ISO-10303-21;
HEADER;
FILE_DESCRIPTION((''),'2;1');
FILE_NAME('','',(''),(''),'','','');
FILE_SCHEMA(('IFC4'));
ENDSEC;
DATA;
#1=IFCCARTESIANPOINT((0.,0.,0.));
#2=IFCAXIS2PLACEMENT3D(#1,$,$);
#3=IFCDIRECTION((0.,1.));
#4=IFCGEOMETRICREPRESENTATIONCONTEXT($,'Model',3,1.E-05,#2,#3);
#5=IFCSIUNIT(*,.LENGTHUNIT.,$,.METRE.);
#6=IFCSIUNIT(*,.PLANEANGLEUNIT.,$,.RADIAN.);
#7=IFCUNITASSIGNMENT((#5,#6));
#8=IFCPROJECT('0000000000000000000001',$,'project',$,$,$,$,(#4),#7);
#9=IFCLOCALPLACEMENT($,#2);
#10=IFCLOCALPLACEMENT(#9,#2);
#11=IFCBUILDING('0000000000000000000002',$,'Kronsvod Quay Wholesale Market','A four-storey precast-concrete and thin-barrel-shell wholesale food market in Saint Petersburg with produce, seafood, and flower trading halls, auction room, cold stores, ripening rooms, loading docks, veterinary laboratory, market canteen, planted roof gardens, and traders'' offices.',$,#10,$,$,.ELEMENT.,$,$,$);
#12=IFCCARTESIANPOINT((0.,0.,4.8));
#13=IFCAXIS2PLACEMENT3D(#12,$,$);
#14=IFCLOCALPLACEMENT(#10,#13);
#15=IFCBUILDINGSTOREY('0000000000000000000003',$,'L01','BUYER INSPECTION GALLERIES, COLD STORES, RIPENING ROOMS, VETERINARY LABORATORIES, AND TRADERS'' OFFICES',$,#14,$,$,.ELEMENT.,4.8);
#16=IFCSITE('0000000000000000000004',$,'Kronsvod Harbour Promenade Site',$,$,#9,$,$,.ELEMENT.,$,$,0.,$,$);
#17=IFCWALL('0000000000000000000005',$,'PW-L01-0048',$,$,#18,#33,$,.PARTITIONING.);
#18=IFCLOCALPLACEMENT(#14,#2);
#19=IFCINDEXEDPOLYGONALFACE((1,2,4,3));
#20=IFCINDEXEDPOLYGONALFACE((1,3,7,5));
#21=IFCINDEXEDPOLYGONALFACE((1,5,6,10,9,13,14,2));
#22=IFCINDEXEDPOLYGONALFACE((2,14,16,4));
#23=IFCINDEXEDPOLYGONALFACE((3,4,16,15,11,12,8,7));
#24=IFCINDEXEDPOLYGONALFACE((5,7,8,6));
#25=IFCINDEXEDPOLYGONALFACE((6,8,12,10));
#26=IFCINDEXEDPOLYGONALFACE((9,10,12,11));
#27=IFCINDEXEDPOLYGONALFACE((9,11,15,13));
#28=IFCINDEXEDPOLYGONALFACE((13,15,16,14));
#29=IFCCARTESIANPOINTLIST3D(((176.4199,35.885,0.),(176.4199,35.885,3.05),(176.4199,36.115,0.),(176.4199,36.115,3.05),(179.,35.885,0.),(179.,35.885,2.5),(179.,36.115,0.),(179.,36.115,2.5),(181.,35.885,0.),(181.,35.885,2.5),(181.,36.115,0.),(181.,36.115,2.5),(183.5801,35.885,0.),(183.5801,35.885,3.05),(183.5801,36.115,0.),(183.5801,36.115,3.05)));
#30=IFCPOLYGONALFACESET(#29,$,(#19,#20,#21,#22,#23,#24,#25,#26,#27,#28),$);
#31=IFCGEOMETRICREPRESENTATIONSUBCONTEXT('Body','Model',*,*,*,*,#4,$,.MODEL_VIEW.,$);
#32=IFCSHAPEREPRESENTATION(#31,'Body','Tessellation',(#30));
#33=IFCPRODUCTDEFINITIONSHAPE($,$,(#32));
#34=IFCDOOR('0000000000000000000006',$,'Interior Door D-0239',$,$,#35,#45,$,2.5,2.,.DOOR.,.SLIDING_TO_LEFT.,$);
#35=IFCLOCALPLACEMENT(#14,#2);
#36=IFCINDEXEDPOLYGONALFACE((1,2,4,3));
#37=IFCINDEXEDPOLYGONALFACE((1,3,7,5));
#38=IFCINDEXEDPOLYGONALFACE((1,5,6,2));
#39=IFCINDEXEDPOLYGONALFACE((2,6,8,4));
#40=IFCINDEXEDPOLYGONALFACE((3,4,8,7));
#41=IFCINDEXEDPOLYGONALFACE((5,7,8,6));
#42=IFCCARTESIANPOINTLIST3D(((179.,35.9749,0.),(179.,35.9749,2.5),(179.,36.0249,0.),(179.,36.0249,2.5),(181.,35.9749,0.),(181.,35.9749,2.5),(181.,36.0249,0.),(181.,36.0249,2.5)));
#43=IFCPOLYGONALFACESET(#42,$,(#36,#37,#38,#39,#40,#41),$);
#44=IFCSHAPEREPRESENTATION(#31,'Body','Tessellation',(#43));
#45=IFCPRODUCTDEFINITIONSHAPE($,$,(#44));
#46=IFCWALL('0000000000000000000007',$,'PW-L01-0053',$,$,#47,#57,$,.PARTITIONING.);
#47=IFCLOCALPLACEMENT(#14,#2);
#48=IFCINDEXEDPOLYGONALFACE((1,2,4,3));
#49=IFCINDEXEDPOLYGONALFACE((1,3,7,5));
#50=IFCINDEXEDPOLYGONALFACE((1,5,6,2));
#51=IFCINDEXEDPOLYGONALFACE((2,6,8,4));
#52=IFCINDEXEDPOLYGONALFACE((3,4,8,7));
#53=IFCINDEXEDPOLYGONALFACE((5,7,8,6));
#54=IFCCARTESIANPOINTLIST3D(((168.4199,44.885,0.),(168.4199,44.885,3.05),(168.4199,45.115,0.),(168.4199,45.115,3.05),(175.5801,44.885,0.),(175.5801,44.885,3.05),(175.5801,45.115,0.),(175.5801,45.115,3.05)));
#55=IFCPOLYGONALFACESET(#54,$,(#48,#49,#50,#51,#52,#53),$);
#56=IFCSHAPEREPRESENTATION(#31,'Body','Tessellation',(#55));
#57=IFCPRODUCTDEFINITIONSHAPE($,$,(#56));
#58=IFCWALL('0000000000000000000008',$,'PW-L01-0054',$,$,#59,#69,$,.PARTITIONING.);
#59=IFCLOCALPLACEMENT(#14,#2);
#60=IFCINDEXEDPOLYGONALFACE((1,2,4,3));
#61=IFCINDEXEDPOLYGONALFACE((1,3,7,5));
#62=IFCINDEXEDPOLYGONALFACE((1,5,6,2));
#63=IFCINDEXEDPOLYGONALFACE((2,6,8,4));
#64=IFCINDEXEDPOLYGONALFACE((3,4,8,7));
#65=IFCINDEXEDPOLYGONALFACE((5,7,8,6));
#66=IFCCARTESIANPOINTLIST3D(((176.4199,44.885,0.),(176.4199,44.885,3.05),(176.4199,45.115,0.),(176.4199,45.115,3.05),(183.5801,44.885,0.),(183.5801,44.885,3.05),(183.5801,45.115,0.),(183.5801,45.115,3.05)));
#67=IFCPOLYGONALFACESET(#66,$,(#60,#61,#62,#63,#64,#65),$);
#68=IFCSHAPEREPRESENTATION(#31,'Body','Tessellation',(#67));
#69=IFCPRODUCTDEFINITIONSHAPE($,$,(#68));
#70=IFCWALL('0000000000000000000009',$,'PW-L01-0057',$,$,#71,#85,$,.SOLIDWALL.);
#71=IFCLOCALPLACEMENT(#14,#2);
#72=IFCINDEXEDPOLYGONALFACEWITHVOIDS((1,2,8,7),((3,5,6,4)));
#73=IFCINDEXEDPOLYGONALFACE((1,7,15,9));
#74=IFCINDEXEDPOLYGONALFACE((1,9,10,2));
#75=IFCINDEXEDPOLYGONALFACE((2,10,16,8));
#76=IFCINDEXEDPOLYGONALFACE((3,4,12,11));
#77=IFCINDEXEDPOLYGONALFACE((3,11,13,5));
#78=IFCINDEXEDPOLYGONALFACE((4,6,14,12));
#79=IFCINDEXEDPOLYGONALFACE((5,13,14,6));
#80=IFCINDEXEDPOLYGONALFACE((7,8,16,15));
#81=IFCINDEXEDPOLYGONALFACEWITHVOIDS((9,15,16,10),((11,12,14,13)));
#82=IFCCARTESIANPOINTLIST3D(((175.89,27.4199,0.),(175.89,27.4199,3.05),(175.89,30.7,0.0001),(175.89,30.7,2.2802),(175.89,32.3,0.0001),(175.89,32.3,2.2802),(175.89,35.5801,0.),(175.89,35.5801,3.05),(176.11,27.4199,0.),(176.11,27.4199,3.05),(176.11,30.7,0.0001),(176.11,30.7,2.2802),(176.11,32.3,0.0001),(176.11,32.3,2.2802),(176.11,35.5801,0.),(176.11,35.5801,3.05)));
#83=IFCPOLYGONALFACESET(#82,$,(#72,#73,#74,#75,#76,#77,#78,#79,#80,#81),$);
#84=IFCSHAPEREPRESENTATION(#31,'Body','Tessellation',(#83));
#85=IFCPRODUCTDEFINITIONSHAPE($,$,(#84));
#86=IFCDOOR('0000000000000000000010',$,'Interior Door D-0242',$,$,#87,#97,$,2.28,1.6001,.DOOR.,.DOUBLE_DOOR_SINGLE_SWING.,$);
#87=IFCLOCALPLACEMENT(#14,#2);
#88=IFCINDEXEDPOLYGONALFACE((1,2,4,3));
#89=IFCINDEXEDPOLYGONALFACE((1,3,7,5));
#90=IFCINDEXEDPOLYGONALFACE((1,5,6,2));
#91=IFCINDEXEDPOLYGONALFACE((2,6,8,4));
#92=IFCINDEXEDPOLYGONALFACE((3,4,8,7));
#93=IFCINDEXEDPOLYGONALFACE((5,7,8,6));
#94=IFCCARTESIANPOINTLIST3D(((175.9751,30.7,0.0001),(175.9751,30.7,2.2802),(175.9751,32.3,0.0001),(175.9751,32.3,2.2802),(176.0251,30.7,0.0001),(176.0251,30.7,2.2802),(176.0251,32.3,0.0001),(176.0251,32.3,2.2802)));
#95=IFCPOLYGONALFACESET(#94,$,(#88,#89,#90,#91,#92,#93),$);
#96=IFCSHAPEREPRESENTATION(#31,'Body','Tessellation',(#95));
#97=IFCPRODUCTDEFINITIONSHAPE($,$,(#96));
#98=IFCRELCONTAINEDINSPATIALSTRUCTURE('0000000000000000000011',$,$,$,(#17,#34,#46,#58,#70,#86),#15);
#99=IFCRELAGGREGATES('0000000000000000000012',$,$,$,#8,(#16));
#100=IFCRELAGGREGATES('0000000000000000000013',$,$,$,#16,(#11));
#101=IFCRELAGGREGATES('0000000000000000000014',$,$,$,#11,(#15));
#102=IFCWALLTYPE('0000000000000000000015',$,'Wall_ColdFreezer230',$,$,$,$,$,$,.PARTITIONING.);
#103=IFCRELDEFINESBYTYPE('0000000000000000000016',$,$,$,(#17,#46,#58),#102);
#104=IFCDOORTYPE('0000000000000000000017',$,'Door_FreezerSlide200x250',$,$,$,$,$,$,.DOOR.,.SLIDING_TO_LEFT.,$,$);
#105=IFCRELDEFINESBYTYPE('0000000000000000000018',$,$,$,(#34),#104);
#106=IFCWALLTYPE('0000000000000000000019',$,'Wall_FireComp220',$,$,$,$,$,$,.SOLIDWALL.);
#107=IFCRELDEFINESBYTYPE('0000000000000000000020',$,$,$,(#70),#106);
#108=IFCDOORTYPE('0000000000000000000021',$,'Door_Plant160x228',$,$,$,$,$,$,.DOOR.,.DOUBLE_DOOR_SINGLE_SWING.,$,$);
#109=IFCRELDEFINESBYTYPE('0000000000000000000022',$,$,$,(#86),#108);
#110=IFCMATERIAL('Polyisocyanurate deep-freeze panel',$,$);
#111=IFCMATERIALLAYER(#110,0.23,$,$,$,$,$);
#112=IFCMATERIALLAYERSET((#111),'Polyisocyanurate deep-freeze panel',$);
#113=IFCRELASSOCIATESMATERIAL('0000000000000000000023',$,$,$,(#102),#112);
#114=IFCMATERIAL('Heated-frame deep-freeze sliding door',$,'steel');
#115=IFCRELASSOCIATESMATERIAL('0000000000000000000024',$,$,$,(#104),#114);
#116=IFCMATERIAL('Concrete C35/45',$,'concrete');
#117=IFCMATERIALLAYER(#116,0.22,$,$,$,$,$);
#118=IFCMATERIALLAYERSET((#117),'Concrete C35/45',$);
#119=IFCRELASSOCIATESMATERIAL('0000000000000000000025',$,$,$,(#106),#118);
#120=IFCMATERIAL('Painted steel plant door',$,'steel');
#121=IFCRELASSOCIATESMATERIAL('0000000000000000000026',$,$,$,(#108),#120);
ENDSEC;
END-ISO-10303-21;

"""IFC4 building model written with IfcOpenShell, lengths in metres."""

from ifc_helpers import new_model, si_unit, direction, frame, frame_2d, origin, place, context, subcontext, project, spatial, rectangle, extrude, material, layer, layer_set, type_object, element, fill, save


model = new_model("IFC4")

# Units and contexts
model_context = context("Model", 3, precision=1e-05, world=origin(), true_north=direction((0.0, 1.0)))
body_context = subcontext(model_context, "Body", "Model", "MODEL_VIEW")
ifc_project = project(units=[si_unit("LENGTHUNIT", "METRE"), si_unit("PLANEANGLEUNIT", "RADIAN")], contexts=[model_context])

# Site, building, storey
site_placement = place(None, origin())
site = spatial("IfcSite", under=ifc_project, at=site_placement, Name="Kronsvod Harbour Promenade Site", CompositionType="ELEMENT", RefElevation=0.0)
building_placement = place(site_placement, origin())
building = spatial("IfcBuilding", under=site, at=building_placement, Name="Kronsvod Quay Wholesale Market", Description="A four-storey precast-concrete and thin-barrel-shell wholesale food market in Saint Petersburg with produce, seafood, and flower trading halls, auction room, cold stores, ripening rooms, loading docks, veterinary laboratory, market canteen, planted roof gardens, and traders' offices.", CompositionType="ELEMENT")
storey_placement = place(building_placement, frame((0.0, 0.0, 4.8)))
storey = spatial("IfcBuildingStorey", under=building, at=storey_placement, Name="L01", Description="BUYER INSPECTION GALLERIES, COLD STORES, RIPENING ROOMS, VETERINARY LABORATORIES, AND TRADERS' OFFICES", CompositionType="ELEMENT", Elevation=4.8)

# Wall, opening, door
ifc_material_1 = material(Name="Polyisocyanurate deep-freeze panel")
ifc_layer_1 = layer(ifc_material_1, 0.23)
ifc_layer_set_1 = layer_set([ifc_layer_1], Name="Polyisocyanurate deep-freeze panel")
wall_type_1 = type_object("IfcWallType", Name="Wall_ColdFreezer230", PredefinedType="PARTITIONING", material=ifc_layer_set_1)
wall_1_placement = place(storey_placement, frame((176.4199, 36.0, 0.0), z_axis=(0.0, 0.0, 1.0), x_axis=(1.0, 0.0, 0.0)))
wall_1 = element("IfcWall", 1, at=wall_1_placement, inside=storey, type_object=wall_type_1, Name="PW-L01-0048", PredefinedType="PARTITIONING", context=body_context, shape_type="SweptSolid", body=[
    extrude(rectangle(XDim=7.1602, YDim=0.23, at=frame_2d((3.5801, 0.0))), origin(), (0.0, 0.0, 1.0), 3.05),
])
opening_1_placement = place(wall_1_placement, frame((2.5801, 0.0, 0.0)))
opening_1 = element("IfcOpeningElement", 2, at=opening_1_placement, cuts=wall_1, PredefinedType="OPENING", context=body_context, shape_type="SweptSolid", body=[
    extrude(rectangle(XDim=2.0, YDim=2.5, at=frame_2d((1.0, 1.25))), frame((0.0, 0.125, 0.0), z_axis=(0.0, -1.0, 0.0), x_axis=(1.0, 0.0, 0.0)), (0.0, 0.0, 1.0), 0.25),
])
ifc_material_2 = material(Name="Heated-frame deep-freeze sliding door", Category="steel")
door_type_1 = type_object("IfcDoorType", Name="Door_FreezerSlide200x250", OperationType="SLIDING_TO_LEFT", PredefinedType="DOOR", material=ifc_material_2)
door_1_placement = place(opening_1_placement, origin())
door_1 = element("IfcDoor", 3, at=door_1_placement, inside=storey, type_object=door_type_1, Name="Interior Door D-0239", OperationType="SLIDING_TO_LEFT", OverallHeight=2.5, OverallWidth=2.0, PredefinedType="DOOR", context=body_context, shape_type="SweptSolid", body=[
    extrude(rectangle(XDim=2.0, YDim=2.5, at=frame_2d((1.0, 1.25))), frame((0.0, 0.0249, 0.0), z_axis=(0.0, -1.0, 0.0), x_axis=(1.0, 0.0, 0.0)), (0.0, 0.0, 1.0), 0.05),
])
fill(opening_1, door_1)

# Walls
for number, where, z_axis, x_axis, name in (
    (4, (168.4199, 45.0, 0.0), (0.0, 0.0, 1.0), (1.0, 0.0, 0.0), "PW-L01-0053"),
    (5, (176.4199, 45.0, 0.0), (0.0, 0.0, 1.0), (1.0, 0.0, 0.0), "PW-L01-0054"),
):
    element("IfcWall", number, at=place(storey_placement, frame(where, z_axis=z_axis, x_axis=x_axis)), inside=storey, type_object=wall_type_1, Name=name, PredefinedType="PARTITIONING", context=body_context, shape_type="SweptSolid", body=[
        extrude(rectangle(XDim=7.1602, YDim=0.23, at=frame_2d((3.5801, 0.0))), origin(), (0.0, 0.0, 1.0), 3.05),
    ])

# Wall, opening, door
ifc_material_3 = material(Name="Concrete C35/45", Category="concrete")
ifc_layer_2 = layer(ifc_material_3, 0.22)
ifc_layer_set_2 = layer_set([ifc_layer_2], Name="Concrete C35/45")
wall_type_2 = type_object("IfcWallType", Name="Wall_FireComp220", PredefinedType="SOLIDWALL", material=ifc_layer_set_2)
wall_2_placement = place(storey_placement, frame((176.0, 27.4199, 0.0), z_axis=(0.0, 0.0, 1.0), x_axis=(0.0, 1.0, 0.0)))
wall_2 = element("IfcWall", 6, at=wall_2_placement, inside=storey, type_object=wall_type_2, Name="PW-L01-0057", PredefinedType="SOLIDWALL", context=body_context, shape_type="SweptSolid", body=[
    extrude(rectangle(XDim=8.1602, YDim=0.22, at=frame_2d((4.0801, 0.0))), origin(), (0.0, 0.0, 1.0), 3.05),
])
opening_2_placement = place(wall_2_placement, frame((3.28, 0.0, 0.0)))
opening_2 = element("IfcOpeningElement", 7, at=opening_2_placement, cuts=wall_2, PredefinedType="OPENING", context=body_context, shape_type="SweptSolid", body=[
    extrude(rectangle(XDim=1.6001, YDim=2.28, at=frame_2d((0.8, 1.1401))), frame((0.0, 0.1201, 0.0), z_axis=(0.0, -1.0, 0.0), x_axis=(1.0, 0.0, 0.0)), (0.0, 0.0, 1.0), 0.24),
])
ifc_material_4 = material(Name="Painted steel plant door", Category="steel")
door_type_2 = type_object("IfcDoorType", Name="Door_Plant160x228", OperationType="DOUBLE_DOOR_SINGLE_SWING", PredefinedType="DOOR", material=ifc_material_4)
door_2_placement = place(opening_2_placement, origin())
door_2 = element("IfcDoor", 8, at=door_2_placement, inside=storey, type_object=door_type_2, Name="Interior Door D-0242", OperationType="DOUBLE_DOOR_SINGLE_SWING", OverallHeight=2.28, OverallWidth=1.6001, PredefinedType="DOOR", context=body_context, shape_type="SweptSolid", body=[
    extrude(rectangle(XDim=1.6001, YDim=2.28, at=frame_2d((0.8, 1.1401))), frame((0.0, 0.0249, 0.0), z_axis=(0.0, -1.0, 0.0), x_axis=(1.0, 0.0, 0.0)), (0.0, 0.0, 1.0), 0.05),
])
fill(opening_2, door_2)

save(model, "model.ifc")
